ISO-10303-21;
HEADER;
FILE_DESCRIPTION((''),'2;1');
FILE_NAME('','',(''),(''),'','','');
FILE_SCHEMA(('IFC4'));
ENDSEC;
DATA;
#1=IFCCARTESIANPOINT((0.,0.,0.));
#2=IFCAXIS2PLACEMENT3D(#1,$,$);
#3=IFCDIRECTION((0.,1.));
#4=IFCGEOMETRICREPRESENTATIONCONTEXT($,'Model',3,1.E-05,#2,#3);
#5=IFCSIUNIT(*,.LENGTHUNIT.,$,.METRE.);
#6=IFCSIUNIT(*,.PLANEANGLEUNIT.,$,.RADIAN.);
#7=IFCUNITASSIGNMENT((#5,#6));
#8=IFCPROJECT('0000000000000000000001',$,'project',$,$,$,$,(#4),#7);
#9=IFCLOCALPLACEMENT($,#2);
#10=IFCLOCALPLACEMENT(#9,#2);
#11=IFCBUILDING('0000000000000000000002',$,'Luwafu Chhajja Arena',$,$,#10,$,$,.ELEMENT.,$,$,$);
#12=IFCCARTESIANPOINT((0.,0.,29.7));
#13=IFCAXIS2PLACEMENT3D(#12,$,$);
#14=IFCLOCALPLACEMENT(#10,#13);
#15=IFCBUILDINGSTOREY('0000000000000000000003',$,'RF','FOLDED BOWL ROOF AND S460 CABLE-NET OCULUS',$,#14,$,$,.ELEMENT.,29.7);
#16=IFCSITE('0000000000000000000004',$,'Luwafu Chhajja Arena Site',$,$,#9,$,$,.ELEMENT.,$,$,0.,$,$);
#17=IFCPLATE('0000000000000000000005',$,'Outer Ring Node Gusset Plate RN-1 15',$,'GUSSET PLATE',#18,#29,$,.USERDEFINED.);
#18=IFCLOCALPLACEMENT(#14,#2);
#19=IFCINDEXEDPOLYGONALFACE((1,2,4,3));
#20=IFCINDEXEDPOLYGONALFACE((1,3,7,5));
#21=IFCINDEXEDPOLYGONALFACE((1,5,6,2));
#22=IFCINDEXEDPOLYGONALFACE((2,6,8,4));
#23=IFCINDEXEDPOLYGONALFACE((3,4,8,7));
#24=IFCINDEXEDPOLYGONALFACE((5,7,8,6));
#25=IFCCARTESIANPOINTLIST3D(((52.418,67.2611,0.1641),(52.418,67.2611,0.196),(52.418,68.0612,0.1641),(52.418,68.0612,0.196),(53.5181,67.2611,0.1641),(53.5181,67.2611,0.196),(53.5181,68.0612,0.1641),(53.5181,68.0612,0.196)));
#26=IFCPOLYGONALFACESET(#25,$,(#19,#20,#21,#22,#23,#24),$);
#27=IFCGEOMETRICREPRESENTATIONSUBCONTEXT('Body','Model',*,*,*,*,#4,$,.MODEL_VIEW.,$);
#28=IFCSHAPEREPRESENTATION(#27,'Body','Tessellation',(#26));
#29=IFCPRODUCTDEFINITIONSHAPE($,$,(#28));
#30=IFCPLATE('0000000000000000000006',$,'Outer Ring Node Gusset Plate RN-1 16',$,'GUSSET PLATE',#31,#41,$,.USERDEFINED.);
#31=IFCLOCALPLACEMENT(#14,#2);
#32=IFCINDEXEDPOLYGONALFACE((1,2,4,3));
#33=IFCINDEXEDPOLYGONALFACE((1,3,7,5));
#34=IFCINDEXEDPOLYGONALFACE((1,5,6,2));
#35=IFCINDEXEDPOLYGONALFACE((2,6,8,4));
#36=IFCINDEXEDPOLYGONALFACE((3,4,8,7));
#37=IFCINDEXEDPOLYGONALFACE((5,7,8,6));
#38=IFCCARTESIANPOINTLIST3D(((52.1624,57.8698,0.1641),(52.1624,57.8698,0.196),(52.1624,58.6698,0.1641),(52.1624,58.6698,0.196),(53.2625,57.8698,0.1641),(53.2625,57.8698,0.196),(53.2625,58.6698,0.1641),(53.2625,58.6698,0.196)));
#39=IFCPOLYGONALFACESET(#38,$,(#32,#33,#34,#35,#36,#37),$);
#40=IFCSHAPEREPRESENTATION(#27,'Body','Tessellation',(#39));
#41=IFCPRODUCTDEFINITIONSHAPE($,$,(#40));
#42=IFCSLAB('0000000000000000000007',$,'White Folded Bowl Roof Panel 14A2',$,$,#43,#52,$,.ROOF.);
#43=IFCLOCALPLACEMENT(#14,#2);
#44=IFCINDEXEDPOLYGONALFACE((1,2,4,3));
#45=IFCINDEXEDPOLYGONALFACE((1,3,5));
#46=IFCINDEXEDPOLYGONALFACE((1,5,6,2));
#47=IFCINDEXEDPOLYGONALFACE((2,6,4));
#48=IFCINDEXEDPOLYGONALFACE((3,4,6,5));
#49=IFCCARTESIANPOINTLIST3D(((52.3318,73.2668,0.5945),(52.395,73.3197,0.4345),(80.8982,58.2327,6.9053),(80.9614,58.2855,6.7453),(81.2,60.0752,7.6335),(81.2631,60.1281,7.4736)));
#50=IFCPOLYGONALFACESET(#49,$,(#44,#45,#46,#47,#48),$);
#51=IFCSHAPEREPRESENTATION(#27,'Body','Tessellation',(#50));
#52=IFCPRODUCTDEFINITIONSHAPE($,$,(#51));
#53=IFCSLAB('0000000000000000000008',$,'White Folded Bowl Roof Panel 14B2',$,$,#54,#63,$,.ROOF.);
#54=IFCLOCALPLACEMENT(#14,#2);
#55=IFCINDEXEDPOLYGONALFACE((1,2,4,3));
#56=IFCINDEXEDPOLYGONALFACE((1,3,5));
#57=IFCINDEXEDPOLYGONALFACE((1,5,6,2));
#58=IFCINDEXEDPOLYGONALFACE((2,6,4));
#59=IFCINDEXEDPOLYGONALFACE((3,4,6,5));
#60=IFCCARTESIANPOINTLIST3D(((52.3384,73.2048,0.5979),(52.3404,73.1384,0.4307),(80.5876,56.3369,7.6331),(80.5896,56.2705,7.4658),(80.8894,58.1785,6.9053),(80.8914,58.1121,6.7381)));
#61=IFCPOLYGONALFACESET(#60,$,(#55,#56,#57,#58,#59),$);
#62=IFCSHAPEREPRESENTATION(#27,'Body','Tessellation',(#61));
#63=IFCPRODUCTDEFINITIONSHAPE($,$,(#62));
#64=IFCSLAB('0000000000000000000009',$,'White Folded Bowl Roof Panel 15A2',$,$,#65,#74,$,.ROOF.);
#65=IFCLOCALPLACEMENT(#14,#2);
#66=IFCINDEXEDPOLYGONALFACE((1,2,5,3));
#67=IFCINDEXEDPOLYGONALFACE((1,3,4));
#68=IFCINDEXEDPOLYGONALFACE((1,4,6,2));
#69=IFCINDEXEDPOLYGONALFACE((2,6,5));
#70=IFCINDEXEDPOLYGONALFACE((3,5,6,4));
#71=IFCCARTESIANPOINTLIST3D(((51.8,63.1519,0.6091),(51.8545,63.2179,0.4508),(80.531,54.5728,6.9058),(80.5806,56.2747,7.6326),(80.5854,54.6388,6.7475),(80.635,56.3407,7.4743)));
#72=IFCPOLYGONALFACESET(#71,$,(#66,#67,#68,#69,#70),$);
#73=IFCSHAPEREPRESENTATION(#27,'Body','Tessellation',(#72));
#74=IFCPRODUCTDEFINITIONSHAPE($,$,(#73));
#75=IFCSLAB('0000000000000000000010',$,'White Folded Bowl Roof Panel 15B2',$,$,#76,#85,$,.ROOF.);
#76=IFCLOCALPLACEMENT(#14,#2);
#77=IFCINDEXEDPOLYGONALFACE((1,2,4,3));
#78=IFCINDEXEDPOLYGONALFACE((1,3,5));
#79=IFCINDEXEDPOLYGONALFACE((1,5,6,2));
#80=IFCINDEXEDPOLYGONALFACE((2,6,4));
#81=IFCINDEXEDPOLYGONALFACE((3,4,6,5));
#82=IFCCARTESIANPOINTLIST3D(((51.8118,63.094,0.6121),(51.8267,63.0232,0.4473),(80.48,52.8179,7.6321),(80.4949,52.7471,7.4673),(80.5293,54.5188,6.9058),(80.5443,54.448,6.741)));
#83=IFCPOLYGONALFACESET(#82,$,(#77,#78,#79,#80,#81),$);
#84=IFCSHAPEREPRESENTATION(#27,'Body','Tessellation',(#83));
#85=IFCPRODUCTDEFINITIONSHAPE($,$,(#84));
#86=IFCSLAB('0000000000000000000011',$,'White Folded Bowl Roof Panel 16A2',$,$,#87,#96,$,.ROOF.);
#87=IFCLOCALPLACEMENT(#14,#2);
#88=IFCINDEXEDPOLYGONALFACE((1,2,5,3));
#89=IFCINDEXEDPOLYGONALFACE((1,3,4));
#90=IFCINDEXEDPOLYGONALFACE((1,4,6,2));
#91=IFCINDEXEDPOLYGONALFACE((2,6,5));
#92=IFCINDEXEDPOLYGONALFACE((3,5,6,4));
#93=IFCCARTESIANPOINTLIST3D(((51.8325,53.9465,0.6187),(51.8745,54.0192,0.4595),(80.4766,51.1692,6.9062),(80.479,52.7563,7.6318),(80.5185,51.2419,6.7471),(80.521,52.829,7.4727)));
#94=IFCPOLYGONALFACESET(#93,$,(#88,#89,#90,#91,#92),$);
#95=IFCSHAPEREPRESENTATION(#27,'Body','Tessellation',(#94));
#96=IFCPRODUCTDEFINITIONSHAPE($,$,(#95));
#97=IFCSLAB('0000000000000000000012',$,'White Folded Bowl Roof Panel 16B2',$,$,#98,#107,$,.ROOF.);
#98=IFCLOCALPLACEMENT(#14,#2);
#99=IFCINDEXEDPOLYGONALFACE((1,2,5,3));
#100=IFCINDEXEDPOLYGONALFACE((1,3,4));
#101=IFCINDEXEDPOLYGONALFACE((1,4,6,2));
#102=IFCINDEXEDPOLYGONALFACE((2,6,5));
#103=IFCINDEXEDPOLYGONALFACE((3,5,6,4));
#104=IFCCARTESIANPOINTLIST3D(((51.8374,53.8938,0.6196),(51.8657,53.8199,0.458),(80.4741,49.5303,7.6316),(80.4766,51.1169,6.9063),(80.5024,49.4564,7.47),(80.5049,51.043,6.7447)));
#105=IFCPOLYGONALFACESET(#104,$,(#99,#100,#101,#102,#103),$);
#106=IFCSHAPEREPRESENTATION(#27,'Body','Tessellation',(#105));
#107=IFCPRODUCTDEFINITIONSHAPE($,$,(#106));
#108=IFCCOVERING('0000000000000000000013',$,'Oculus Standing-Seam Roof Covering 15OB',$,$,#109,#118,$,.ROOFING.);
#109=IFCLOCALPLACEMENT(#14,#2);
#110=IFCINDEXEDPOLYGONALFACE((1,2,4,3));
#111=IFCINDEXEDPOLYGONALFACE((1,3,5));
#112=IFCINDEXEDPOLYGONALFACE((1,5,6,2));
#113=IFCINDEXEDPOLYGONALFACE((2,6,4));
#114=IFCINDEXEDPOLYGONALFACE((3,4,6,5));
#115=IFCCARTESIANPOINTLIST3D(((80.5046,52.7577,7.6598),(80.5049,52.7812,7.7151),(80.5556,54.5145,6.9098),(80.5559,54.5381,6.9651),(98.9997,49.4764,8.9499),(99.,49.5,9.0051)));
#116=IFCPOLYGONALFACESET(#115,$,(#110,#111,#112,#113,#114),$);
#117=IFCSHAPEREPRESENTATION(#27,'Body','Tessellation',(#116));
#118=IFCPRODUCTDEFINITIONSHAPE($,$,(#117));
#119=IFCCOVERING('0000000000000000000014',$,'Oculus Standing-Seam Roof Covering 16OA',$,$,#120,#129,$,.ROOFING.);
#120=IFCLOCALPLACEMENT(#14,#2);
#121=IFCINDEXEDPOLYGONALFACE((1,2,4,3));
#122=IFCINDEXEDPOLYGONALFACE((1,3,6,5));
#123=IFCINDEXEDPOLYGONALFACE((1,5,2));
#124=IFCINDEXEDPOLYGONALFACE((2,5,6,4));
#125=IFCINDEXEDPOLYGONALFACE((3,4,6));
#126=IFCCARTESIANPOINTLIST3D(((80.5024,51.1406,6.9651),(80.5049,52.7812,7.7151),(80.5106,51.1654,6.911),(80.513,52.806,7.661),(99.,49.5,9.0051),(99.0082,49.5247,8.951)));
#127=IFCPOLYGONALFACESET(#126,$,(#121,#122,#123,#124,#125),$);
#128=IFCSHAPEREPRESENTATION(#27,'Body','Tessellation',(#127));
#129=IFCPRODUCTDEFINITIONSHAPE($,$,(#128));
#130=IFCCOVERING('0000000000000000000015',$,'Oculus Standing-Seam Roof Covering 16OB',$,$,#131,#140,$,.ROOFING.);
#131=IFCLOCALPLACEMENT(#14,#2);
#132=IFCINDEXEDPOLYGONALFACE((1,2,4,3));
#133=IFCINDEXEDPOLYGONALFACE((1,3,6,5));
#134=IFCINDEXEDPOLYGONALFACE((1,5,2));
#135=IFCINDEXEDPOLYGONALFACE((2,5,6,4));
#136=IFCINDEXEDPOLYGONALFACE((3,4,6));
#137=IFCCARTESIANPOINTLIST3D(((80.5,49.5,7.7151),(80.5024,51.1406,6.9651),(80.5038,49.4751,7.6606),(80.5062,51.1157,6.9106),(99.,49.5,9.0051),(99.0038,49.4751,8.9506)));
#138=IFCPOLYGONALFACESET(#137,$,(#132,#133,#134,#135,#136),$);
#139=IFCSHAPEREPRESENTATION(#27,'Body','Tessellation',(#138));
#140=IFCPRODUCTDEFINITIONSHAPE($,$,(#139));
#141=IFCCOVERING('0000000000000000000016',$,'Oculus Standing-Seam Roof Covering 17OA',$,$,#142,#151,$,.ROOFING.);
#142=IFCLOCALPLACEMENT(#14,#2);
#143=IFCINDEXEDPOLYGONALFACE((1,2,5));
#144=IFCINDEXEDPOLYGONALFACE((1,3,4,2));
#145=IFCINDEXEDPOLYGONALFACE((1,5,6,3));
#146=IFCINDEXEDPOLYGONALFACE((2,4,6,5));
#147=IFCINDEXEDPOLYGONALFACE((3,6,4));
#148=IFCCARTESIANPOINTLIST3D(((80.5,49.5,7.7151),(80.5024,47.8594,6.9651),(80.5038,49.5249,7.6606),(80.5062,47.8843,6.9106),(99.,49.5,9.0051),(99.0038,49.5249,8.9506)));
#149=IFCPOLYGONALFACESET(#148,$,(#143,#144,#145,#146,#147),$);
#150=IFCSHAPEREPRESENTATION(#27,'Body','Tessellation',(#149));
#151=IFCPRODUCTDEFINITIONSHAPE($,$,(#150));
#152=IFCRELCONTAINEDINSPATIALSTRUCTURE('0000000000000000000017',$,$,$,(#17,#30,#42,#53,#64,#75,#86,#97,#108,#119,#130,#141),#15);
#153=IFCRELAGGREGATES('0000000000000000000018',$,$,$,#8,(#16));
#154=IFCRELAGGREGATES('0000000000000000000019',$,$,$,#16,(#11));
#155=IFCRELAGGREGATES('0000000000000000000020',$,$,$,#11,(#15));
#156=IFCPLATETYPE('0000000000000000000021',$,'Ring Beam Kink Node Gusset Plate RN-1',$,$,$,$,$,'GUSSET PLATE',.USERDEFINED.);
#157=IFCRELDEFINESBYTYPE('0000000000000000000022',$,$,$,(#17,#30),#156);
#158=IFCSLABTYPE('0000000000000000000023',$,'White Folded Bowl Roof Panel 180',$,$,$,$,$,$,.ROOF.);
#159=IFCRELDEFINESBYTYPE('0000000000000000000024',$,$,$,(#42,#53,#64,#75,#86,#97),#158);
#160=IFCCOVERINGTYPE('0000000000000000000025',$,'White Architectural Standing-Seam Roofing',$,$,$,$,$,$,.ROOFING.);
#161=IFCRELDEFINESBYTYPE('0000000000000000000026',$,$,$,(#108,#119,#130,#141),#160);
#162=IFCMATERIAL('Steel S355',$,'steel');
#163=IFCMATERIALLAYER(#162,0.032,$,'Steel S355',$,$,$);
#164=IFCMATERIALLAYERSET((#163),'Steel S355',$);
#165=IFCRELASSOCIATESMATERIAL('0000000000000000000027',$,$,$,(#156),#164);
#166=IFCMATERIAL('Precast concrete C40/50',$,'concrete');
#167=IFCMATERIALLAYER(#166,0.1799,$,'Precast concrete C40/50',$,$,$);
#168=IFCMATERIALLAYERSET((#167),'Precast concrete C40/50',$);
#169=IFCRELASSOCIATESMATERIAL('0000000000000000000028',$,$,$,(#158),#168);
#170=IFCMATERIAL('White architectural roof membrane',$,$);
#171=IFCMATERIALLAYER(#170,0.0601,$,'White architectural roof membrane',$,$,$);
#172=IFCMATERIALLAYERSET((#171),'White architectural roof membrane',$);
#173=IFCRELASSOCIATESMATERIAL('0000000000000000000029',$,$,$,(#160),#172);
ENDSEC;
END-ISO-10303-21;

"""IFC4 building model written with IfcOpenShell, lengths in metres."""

from ifc_helpers import new_model, si_unit, direction, frame, origin, origin_2d, place, context, subcontext, project, spatial, polyline, rectangle, outline, extrude, material, layer, layer_set, type_object, element, save


model = new_model("IFC4")

# Units and contexts
model_context = context("Model", 3, precision=1e-05, world=origin(), true_north=direction((0.0, 1.0)))
body_context = subcontext(model_context, "Body", "Model", "MODEL_VIEW")
ifc_project = project(units=[si_unit("LENGTHUNIT", "METRE"), si_unit("PLANEANGLEUNIT", "RADIAN")], contexts=[model_context])

# Site, building, storey
site_placement = place(None, origin())
site = spatial("IfcSite", under=ifc_project, at=site_placement, Name="Luwafu Chhajja Arena Site", CompositionType="ELEMENT", RefElevation=0.0)
building_placement = place(site_placement, origin())
building = spatial("IfcBuilding", under=site, at=building_placement, Name="Luwafu Chhajja Arena", CompositionType="ELEMENT")
storey_placement = place(building_placement, frame((0.0, 0.0, 29.7)))
storey = spatial("IfcBuildingStorey", under=building, at=storey_placement, Name="RF", Description="FOLDED BOWL ROOF AND S460 CABLE-NET OCULUS", CompositionType="ELEMENT", Elevation=29.7)

# Shared definitions
ifc_material_1 = material(Name="Steel S355", Category="steel")

# Shared definitions
ifc_material_2 = material(Name="Precast concrete C40/50", Category="concrete")

# Plates
ifc_layer_1 = layer(ifc_material_1, 0.032, Name="Steel S355")
ifc_layer_set_1 = layer_set([ifc_layer_1], Name="Steel S355")
plate_type_1 = type_object("IfcPlateType", Name="Ring Beam Kink Node Gusset Plate RN-1", ElementType="GUSSET PLATE", PredefinedType="USERDEFINED", material=ifc_layer_set_1)
for number, where, z_axis, x_axis, name in (
    (1, (52.968, 67.6611, 0.1641), (0.0, 0.0, 1.0), (1.0, 0.0, 0.0), "Outer Ring Node Gusset Plate RN-1 15"),
    (2, (52.7124, 58.2698, 0.1641), (0.0, 0.0, 1.0), (1.0, 0.0, 0.0), "Outer Ring Node Gusset Plate RN-1 16"),
):
    element("IfcPlate", number, at=place(storey_placement, frame(where, z_axis=z_axis, x_axis=x_axis)), inside=storey, type_object=plate_type_1, Name=name, ObjectType="GUSSET PLATE", PredefinedType="USERDEFINED", context=body_context, shape_type="SweptSolid", body=[
        extrude(rectangle(XDim=1.1001, YDim=0.8, at=origin_2d()), origin(), (0.0, 0.0, 1.0), 0.032),
    ])

# Slabs
ifc_layer_2 = layer(ifc_material_2, 0.1799, Name="Precast concrete C40/50")
ifc_layer_set_2 = layer_set([ifc_layer_2], Name="Precast concrete C40/50")
slab_type_1 = type_object("IfcSlabType", Name="White Folded Bowl Roof Panel 180", PredefinedType="ROOF", material=ifc_layer_set_2)
slab_1_placement = place(storey_placement, frame((52.3318, 73.2668, 0.5945), z_axis=(-0.351076, -0.293897, 0.889028), x_axis=(0.887962, -0.405765, 0.216516)))
element("IfcSlab", 3, at=slab_1_placement, inside=storey, type_object=slab_type_1, Name="White Folded Bowl Roof Panel 14A2", PredefinedType="ROOF", context=body_context, shape_type="SweptSolid", body=[
    extrude(outline(polyline([(0.0, 0.0), (32.5106, 0.0), (32.8326, -1.978), (0.0, 0.0)])), origin(), (0.0, 0.0, -1.0), 0.1799),
])
slab_2_placement = place(storey_placement, frame((52.3384, 73.2048, 0.5979), z_axis=(-0.011056, 0.369084, 0.92933), x_axis=(0.868484, -0.457082, 0.191862)))
element("IfcSlab", 4, at=slab_2_placement, inside=storey, type_object=slab_type_1, Name="White Folded Bowl Roof Panel 14B2", PredefinedType="ROOF", context=body_context, shape_type="SweptSolid", body=[
    extrude(outline(polyline([(0.0, 0.0), (32.8745, 0.0), (33.5938, -1.8694), (0.0, 0.0)])), origin(), (0.0, 0.0, -1.0), 0.1799),
])
slab_3_placement = place(storey_placement, frame((51.8, 63.1519, 0.6091), z_axis=(-0.302361, -0.366898, 0.879752), x_axis=(0.946327, -0.226128, 0.230936)))
element("IfcSlab", 5, at=slab_3_placement, inside=storey, type_object=slab_type_1, Name="White Folded Bowl Roof Panel 15A2", PredefinedType="ROOF", context=body_context, shape_type="SweptSolid", body=[
    extrude(outline(polyline([(0.0, 0.0), (30.4129, 0.0), (30.583, -1.8434), (0.0, 0.0)])), origin(), (0.0, 0.0, -1.0), 0.1799),
])
slab_4_placement = place(storey_placement, frame((51.8118, 63.094, 0.6121), z_axis=(-0.083195, 0.393386, 0.915601), x_axis=(0.93774, -0.280014, 0.205514)))
element("IfcSlab", 6, at=slab_4_placement, inside=storey, type_object=slab_type_1, Name="White Folded Bowl Roof Panel 15B2", PredefinedType="ROOF", context=body_context, shape_type="SweptSolid", body=[
    extrude(outline(polyline([(0.0, 0.0), (30.6242, 0.0), (31.2035, -1.7571), (0.0, 0.0)])), origin(), (0.0, 0.0, -1.0), 0.1799),
])
slab_5_placement = place(storey_placement, frame((51.8325, 53.9465, 0.6187), z_axis=(-0.233327, -0.404, 0.884501), x_axis=(0.970525, -0.040323, 0.237602)))
element("IfcSlab", 7, at=slab_5_placement, inside=storey, type_object=slab_type_1, Name="White Folded Bowl Roof Panel 16A2", PredefinedType="ROOF", context=body_context, shape_type="SweptSolid", body=[
    extrude(outline(polyline([(0.0, 0.0), (29.5165, 0.0), (29.4057, -1.7416), (0.0, 0.0)])), origin(), (0.0, 0.0, -1.0), 0.1799),
])
slab_6_placement = place(storey_placement, frame((51.8374, 53.8938, 0.6196), z_axis=(-0.157304, 0.410787, 0.898059), x_axis=(0.972394, -0.094283, 0.213451)))
element("IfcSlab", 8, at=slab_6_placement, inside=storey, type_object=slab_type_1, Name="White Folded Bowl Roof Panel 16B2", PredefinedType="ROOF", context=body_context, shape_type="SweptSolid", body=[
    extrude(outline(polyline([(0.0, 0.0), (29.4522, 0.0), (29.7543, -1.7183), (0.0, 0.0)])), origin(), (0.0, 0.0, -1.0), 0.1799),
])

# Coverings
ifc_material_3 = material(Name="White architectural roof membrane")
ifc_layer_3 = layer(ifc_material_3, 0.0601, Name="White architectural roof membrane")
ifc_layer_set_3 = layer_set([ifc_layer_3], Name="White architectural roof membrane")
covering_type = type_object("IfcCoveringType", Name="White Architectural Standing-Seam Roofing", PredefinedType="ROOFING", material=ifc_layer_set_3)
covering_1_placement = place(storey_placement, frame((80.5559, 54.5381, 6.9651), z_axis=(0.005479, 0.392483, 0.919743), x_axis=(-0.026702, -0.919371, 0.392483)))
element("IfcCovering", 9, at=covering_1_placement, inside=storey, type_object=covering_type, Name="Oculus Standing-Seam Roof Covering 15OB", PredefinedType="ROOFING", context=body_context, shape_type="SweptSolid", body=[
    extrude(outline(polyline([(0.0, 0.0), (1.9109, 0.0), (4.9401, 18.5829), (0.0, 0.0)])), origin(), (0.0, 0.0, -1.0), 0.0601),
])
covering_2_placement = place(storey_placement, frame((80.5049, 52.7812, 7.7151), z_axis=(-0.1359, -0.411735, 0.901113), x_axis=(-0.001353, -0.909474, -0.415759)))
element("IfcCovering", 10, at=covering_2_placement, inside=storey, type_object=covering_type, Name="Oculus Standing-Seam Roof Covering 16OA", PredefinedType="ROOFING", context=body_context, shape_type="SweptSolid", body=[
    extrude(outline(polyline([(0.0, 0.0), (1.8039, 0.0), (2.4228, 18.6716), (0.0, 0.0)])), origin(), (0.0, 0.0, -1.0), 0.0601),
])
covering_3_placement = place(storey_placement, frame((80.5024, 51.1406, 6.9651), z_axis=(-0.06329, 0.415004, 0.907616), x_axis=(-0.001353, -0.909474, 0.415759)))
element("IfcCovering", 11, at=covering_3_placement, inside=storey, type_object=covering_type, Name="Oculus Standing-Seam Roof Covering 16OB", PredefinedType="ROOFING", context=body_context, shape_type="SweptSolid", body=[
    extrude(outline(polyline([(0.0, 0.0), (1.8039, 0.0), (2.3152, 18.5379), (0.0, 0.0)])), origin(), (0.0, 0.0, -1.0), 0.0601),
])
covering_4_placement = place(storey_placement, frame((80.5, 49.5, 7.7151), z_axis=(-0.06329, -0.415004, 0.907616), x_axis=(0.001353, -0.909474, -0.415759)))
element("IfcCovering", 12, at=covering_4_placement, inside=storey, type_object=covering_type, Name="Oculus Standing-Seam Roof Covering 17OA", PredefinedType="ROOFING", context=body_context, shape_type="SweptSolid", body=[
    extrude(outline(polyline([(0.0, 0.0), (1.8039, 0.0), (-0.5113, 18.5379), (0.0, 0.0)])), origin(), (0.0, 0.0, -1.0), 0.0601),
])

save(model, "model.ifc")
